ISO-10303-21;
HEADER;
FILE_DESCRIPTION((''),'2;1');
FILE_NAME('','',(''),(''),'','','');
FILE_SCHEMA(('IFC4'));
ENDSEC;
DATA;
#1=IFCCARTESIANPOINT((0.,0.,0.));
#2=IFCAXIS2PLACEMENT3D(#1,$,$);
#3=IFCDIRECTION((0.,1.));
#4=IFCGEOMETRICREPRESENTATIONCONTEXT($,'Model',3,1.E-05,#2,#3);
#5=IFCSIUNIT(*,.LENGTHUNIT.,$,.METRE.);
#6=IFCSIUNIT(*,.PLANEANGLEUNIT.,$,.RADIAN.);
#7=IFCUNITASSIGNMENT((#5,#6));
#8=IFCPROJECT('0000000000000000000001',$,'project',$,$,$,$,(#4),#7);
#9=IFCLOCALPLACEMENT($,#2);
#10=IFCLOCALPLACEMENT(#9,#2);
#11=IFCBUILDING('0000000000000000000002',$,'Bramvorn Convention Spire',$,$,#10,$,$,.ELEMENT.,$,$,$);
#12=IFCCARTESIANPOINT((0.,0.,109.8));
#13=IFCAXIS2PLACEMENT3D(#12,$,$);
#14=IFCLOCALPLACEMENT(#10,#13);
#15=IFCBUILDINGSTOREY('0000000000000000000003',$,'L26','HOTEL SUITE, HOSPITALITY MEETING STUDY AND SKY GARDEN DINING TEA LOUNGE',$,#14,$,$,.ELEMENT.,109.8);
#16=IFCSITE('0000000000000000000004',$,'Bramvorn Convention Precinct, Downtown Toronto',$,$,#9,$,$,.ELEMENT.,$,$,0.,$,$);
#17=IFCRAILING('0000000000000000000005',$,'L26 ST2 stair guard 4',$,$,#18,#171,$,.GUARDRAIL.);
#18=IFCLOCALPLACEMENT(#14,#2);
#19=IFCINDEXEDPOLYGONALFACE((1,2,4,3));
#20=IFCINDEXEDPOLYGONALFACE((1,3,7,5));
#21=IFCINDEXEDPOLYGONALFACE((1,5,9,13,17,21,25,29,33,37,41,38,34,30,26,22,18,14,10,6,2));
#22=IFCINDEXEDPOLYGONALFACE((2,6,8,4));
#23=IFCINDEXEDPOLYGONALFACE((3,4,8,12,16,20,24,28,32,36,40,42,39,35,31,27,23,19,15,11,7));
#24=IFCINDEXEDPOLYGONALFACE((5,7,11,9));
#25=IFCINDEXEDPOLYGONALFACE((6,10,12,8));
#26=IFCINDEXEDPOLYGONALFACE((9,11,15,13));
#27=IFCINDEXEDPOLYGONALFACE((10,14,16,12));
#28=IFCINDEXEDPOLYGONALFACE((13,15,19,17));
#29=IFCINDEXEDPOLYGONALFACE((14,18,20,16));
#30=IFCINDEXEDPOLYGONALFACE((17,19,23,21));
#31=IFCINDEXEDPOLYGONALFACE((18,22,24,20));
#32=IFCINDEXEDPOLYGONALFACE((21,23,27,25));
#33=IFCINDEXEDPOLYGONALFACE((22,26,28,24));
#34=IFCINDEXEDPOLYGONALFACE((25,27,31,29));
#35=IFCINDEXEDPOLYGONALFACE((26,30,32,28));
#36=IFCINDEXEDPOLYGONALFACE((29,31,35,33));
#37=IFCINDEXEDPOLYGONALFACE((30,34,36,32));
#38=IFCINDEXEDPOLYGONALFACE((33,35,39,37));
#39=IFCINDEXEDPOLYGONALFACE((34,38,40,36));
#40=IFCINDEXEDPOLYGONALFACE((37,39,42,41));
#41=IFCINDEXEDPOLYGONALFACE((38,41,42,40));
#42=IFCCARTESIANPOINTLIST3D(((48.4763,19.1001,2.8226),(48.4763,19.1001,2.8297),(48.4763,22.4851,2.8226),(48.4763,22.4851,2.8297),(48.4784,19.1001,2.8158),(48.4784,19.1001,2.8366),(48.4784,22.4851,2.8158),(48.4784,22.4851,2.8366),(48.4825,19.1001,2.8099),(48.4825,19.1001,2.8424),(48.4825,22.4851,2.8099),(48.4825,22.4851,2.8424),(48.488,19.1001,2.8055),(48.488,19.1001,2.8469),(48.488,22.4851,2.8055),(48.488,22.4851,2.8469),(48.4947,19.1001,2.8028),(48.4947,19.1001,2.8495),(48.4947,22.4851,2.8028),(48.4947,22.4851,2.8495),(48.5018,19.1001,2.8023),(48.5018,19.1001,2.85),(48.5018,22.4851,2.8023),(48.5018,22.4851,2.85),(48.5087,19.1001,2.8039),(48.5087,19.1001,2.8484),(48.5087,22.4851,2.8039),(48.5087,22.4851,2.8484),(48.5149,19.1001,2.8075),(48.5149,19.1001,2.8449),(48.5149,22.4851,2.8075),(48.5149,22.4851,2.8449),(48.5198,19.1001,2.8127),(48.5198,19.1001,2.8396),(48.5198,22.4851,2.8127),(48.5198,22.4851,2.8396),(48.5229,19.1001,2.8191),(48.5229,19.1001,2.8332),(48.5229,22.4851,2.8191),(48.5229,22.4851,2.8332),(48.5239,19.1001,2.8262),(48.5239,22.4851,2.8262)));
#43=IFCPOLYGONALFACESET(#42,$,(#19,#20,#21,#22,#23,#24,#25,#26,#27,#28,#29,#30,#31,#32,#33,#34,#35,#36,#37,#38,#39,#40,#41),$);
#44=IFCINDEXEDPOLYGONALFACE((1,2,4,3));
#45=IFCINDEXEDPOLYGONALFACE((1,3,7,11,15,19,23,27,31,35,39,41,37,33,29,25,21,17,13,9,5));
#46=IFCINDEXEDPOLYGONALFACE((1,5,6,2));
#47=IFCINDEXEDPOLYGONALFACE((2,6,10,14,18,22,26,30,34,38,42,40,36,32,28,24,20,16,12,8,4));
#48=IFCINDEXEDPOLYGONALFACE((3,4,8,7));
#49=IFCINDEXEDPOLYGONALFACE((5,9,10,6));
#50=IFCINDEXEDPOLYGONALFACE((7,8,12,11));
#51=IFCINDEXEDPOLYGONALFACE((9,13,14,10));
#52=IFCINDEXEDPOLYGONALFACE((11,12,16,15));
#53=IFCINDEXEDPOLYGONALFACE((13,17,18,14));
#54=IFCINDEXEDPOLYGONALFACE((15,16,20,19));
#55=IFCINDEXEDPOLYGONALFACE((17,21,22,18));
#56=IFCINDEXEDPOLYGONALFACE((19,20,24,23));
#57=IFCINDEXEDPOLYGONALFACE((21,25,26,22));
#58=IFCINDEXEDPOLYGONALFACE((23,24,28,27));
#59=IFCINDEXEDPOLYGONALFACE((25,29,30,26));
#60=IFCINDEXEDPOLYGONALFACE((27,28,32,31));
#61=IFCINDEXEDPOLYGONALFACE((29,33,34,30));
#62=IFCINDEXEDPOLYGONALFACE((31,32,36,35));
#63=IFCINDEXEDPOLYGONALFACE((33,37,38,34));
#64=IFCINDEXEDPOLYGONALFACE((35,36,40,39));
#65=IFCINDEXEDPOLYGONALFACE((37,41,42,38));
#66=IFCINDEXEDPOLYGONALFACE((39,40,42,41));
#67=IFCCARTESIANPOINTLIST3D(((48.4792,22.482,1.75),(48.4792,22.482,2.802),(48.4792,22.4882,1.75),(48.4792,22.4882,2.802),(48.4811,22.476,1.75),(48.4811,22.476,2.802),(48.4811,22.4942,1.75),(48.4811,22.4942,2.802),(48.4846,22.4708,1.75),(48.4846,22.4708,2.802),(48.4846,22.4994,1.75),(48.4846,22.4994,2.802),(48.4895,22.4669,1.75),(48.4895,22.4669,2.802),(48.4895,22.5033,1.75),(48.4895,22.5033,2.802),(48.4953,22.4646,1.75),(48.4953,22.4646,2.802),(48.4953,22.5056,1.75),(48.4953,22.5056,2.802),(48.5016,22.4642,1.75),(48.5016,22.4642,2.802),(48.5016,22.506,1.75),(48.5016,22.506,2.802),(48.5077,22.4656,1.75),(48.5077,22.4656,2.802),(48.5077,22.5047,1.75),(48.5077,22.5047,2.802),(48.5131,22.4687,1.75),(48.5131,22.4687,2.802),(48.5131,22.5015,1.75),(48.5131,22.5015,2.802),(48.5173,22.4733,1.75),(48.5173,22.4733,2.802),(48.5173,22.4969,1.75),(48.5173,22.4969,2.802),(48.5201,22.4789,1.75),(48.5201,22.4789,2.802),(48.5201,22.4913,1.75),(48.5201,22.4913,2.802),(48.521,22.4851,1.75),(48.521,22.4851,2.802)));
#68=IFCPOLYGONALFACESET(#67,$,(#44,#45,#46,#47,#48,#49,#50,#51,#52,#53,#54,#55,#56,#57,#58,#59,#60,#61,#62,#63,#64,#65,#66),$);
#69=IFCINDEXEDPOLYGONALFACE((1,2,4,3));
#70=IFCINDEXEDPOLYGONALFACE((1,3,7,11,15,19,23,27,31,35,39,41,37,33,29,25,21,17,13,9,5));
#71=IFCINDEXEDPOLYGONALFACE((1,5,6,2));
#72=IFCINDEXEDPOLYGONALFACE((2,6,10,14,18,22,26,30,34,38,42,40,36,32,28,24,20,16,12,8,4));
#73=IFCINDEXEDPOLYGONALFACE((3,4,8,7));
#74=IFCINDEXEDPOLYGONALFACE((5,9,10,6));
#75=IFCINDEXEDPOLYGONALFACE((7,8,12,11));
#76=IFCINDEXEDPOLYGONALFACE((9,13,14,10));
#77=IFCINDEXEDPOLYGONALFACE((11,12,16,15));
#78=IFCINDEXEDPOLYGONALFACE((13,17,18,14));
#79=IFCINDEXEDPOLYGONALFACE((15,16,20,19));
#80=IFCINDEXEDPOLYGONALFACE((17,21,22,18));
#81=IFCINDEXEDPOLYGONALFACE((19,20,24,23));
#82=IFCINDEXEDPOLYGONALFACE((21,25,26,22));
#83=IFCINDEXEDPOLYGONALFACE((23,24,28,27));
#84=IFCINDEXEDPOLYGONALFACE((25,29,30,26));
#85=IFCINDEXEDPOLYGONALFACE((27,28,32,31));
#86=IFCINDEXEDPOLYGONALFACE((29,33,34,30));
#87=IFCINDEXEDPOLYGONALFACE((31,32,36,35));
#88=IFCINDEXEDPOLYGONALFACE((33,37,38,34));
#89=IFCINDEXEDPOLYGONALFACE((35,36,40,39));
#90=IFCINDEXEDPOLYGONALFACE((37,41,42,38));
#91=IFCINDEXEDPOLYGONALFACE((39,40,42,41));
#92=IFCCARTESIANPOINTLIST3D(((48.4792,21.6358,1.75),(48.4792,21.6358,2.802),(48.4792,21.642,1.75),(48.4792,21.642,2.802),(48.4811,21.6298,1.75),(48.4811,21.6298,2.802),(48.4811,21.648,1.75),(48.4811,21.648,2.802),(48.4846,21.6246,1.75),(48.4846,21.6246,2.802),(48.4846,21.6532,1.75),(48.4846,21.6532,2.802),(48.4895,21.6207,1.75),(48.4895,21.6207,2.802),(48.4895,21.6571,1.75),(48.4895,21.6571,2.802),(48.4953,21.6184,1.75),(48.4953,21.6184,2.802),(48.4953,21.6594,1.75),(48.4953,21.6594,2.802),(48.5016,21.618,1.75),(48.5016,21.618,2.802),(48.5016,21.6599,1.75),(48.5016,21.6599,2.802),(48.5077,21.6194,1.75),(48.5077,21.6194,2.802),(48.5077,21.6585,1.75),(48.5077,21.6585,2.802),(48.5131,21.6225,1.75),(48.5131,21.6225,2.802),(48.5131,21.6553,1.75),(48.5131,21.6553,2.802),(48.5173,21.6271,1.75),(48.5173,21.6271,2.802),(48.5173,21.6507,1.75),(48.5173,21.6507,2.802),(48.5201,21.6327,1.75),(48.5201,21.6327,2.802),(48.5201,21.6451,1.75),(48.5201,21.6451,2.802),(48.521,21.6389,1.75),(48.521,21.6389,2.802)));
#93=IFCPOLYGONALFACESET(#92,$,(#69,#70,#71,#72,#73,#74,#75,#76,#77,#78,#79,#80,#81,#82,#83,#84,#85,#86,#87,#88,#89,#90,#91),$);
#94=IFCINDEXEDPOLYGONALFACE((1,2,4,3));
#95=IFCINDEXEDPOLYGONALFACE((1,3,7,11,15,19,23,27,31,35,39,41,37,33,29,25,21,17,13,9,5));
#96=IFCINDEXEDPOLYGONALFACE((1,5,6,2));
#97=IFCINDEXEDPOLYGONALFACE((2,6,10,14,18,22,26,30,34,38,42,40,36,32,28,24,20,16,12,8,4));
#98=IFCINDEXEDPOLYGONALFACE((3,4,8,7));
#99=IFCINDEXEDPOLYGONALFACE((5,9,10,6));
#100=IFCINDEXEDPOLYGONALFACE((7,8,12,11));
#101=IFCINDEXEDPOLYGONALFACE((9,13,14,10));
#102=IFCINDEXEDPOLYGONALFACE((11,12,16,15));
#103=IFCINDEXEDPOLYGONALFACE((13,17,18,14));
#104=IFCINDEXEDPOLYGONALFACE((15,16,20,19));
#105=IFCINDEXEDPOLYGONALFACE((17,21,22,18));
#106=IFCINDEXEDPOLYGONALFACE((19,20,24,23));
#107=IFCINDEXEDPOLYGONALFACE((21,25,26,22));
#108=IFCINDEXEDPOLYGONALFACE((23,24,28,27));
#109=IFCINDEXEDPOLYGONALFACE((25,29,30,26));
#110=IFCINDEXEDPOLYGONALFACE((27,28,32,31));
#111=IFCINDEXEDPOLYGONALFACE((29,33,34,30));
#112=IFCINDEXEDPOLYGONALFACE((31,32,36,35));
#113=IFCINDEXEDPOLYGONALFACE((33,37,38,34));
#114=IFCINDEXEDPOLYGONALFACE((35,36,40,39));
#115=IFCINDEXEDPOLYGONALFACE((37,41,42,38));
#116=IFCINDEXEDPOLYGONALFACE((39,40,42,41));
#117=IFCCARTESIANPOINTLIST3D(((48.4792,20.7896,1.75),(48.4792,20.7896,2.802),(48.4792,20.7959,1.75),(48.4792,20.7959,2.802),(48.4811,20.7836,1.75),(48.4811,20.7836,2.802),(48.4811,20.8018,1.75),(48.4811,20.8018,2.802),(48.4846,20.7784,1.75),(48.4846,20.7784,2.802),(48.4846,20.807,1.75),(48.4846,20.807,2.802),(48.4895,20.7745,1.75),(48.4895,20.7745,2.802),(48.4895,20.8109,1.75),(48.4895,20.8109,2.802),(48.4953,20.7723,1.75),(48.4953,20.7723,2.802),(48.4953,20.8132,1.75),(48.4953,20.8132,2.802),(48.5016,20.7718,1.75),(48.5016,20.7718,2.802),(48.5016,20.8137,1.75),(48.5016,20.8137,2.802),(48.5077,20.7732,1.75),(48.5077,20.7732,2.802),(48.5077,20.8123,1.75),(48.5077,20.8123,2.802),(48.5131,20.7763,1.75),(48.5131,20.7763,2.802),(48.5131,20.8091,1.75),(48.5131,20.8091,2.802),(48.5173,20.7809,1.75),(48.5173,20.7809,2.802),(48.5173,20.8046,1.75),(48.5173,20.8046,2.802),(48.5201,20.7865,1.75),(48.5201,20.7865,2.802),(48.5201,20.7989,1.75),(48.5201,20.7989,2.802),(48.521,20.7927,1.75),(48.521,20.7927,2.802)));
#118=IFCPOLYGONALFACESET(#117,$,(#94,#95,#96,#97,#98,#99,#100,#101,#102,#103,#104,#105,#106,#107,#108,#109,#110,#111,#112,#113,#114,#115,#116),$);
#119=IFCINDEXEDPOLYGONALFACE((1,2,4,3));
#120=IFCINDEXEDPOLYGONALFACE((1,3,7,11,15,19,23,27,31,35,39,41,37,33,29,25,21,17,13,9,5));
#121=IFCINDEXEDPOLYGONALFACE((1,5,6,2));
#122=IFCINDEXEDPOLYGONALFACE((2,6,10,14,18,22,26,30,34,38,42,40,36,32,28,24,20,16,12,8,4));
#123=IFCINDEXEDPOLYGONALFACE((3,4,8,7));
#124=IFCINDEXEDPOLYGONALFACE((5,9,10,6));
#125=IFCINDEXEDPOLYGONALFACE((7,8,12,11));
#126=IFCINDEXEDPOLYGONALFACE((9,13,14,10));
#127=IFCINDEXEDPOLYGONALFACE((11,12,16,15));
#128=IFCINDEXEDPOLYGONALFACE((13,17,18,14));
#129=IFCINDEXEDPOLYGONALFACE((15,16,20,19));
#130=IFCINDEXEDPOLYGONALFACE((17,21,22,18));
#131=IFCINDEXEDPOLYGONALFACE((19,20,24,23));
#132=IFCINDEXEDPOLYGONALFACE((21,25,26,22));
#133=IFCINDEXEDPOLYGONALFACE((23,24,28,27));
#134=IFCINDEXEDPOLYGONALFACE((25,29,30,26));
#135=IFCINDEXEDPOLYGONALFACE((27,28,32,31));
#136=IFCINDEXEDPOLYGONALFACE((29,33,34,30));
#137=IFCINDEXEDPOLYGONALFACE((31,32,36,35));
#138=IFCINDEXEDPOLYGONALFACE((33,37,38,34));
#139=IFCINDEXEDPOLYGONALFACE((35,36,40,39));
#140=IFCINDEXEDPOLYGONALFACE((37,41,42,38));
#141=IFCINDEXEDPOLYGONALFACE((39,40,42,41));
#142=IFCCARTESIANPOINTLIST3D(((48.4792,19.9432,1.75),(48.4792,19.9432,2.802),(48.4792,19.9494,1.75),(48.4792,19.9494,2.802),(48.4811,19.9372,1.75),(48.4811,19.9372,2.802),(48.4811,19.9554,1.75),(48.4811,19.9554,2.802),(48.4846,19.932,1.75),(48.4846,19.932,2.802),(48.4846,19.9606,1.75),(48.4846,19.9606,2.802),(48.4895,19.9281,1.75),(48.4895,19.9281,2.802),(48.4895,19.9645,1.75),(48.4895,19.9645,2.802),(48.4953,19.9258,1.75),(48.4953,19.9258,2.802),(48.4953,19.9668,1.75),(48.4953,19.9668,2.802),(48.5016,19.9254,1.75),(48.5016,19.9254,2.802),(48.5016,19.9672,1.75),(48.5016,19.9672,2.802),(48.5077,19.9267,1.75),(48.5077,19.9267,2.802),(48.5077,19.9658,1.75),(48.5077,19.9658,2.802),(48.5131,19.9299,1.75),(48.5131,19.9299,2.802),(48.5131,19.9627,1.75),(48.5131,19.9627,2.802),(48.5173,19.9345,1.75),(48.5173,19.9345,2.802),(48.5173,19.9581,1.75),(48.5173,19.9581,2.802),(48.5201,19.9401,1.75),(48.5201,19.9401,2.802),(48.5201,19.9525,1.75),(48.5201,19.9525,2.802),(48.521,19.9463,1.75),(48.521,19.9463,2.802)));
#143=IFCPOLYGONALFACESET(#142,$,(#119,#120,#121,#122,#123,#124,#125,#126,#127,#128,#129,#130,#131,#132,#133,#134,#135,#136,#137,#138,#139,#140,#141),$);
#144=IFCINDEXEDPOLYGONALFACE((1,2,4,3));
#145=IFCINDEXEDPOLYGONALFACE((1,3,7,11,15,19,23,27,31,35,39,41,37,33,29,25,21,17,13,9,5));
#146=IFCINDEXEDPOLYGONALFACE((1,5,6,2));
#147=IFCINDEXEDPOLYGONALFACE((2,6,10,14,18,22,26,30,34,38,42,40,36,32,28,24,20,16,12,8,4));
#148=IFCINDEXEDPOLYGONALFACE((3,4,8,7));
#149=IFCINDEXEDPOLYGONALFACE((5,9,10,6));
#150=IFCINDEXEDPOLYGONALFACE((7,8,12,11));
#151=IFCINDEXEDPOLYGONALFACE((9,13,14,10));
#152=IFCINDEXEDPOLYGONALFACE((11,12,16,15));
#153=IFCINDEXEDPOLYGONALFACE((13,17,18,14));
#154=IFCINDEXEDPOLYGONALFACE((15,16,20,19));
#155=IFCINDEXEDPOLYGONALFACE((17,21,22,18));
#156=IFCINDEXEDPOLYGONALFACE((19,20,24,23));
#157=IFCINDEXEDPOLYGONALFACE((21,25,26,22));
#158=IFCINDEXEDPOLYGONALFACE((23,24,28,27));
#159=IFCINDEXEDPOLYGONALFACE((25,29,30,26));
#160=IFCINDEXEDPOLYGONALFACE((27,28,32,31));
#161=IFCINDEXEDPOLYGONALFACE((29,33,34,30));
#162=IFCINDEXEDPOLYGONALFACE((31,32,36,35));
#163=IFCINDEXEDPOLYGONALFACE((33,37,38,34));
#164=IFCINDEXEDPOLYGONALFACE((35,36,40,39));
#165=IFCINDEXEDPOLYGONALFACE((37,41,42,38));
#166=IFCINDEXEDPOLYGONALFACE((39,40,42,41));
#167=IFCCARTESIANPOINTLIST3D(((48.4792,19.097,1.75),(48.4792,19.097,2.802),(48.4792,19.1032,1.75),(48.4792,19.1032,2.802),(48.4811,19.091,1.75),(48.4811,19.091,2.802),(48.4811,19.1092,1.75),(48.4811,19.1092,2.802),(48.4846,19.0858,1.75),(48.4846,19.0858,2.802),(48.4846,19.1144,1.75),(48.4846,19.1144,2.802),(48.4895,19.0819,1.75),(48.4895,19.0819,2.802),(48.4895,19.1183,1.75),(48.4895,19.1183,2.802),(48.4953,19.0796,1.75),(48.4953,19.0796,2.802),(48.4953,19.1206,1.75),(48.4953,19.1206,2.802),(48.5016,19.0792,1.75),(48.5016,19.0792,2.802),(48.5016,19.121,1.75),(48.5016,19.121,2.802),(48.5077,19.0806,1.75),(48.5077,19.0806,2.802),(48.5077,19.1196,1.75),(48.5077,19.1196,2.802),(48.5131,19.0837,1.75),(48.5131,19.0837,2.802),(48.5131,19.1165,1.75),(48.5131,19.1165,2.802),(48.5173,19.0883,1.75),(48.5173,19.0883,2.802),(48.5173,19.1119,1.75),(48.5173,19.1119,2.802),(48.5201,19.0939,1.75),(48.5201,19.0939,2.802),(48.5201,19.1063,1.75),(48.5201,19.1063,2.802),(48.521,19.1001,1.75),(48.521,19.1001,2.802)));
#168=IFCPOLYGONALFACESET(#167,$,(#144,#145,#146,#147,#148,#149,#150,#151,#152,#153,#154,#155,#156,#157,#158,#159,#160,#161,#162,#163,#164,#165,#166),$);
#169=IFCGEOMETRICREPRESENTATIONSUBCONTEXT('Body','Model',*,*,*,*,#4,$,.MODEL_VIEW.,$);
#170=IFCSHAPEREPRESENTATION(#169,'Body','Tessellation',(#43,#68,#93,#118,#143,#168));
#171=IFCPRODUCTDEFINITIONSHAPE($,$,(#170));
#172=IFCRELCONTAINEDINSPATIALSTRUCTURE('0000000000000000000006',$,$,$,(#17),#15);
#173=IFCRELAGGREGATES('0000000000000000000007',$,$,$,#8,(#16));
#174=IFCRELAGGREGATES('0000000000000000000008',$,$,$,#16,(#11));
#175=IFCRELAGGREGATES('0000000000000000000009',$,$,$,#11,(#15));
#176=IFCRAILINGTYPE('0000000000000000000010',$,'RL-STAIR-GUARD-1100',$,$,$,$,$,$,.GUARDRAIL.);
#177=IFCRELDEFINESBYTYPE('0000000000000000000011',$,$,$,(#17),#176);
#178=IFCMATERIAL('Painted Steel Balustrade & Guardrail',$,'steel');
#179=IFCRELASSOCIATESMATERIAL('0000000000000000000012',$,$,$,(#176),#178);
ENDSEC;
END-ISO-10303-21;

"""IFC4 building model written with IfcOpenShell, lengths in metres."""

from ifc_helpers import new_model, si_unit, direction, frame, origin, origin_2d, place, context, subcontext, project, spatial, circle, extrude, material, type_object, element, save


model = new_model("IFC4")

# Units and contexts
model_context = context("Model", 3, precision=1e-05, world=origin(), true_north=direction((0.0, 1.0)))
body_context = subcontext(model_context, "Body", "Model", "MODEL_VIEW")
ifc_project = project(units=[si_unit("LENGTHUNIT", "METRE"), si_unit("PLANEANGLEUNIT", "RADIAN")], contexts=[model_context])

# Site, building, storey
site_placement = place(None, origin())
site = spatial("IfcSite", under=ifc_project, at=site_placement, Name="Bramvorn Convention Precinct, Downtown Toronto", CompositionType="ELEMENT", RefElevation=0.0)
building_placement = place(site_placement, origin())
building = spatial("IfcBuilding", under=site, at=building_placement, Name="Bramvorn Convention Spire", CompositionType="ELEMENT")
storey_placement = place(building_placement, frame((0.0, 0.0, 109.8)))
storey = spatial("IfcBuildingStorey", under=building, at=storey_placement, Name="L26", Description="HOTEL SUITE, HOSPITALITY MEETING STUDY AND SKY GARDEN DINING TEA LOUNGE", CompositionType="ELEMENT", Elevation=109.8)

# Railing
ifc_material_1 = material(Name="Painted Steel Balustrade & Guardrail", Category="steel")
railing_type_1 = type_object("IfcRailingType", Name="RL-STAIR-GUARD-1100", PredefinedType="GUARDRAIL", material=ifc_material_1)
railing_1_placement = place(storey_placement, frame((48.5, 22.4851, 1.75)))
element("IfcRailing", 1, at=railing_1_placement, inside=storey, type_object=railing_type_1, Name="L26 ST2 stair guard 4", PredefinedType="GUARDRAIL", context=body_context, shape_type="SweptSolid", body=[
    extrude(circle(Radius=0.0239, at=origin_2d()), frame((0.0, 0.0, 1.0762), z_axis=(0.0, -1.0, 0.0), x_axis=(1.0, 0.0, 0.0)), (0.0, 0.0, 1.0), 3.385),
    extrude(circle(Radius=0.021, at=origin_2d()), origin(), (0.0, 0.0, 1.0), 1.052),
    extrude(circle(Radius=0.021, at=origin_2d()), frame((0.0, -0.8462, 0.0)), (0.0, 0.0, 1.0), 1.052),
    extrude(circle(Radius=0.021, at=origin_2d()), frame((0.0, -1.6924, 0.0)), (0.0, 0.0, 1.0), 1.052),
    extrude(circle(Radius=0.021, at=origin_2d()), frame((0.0, -2.5388, 0.0)), (0.0, 0.0, 1.0), 1.052),
    extrude(circle(Radius=0.021, at=origin_2d()), frame((0.0, -3.385, 0.0)), (0.0, 0.0, 1.0), 1.052),
])

save(model, "model.ifc")
